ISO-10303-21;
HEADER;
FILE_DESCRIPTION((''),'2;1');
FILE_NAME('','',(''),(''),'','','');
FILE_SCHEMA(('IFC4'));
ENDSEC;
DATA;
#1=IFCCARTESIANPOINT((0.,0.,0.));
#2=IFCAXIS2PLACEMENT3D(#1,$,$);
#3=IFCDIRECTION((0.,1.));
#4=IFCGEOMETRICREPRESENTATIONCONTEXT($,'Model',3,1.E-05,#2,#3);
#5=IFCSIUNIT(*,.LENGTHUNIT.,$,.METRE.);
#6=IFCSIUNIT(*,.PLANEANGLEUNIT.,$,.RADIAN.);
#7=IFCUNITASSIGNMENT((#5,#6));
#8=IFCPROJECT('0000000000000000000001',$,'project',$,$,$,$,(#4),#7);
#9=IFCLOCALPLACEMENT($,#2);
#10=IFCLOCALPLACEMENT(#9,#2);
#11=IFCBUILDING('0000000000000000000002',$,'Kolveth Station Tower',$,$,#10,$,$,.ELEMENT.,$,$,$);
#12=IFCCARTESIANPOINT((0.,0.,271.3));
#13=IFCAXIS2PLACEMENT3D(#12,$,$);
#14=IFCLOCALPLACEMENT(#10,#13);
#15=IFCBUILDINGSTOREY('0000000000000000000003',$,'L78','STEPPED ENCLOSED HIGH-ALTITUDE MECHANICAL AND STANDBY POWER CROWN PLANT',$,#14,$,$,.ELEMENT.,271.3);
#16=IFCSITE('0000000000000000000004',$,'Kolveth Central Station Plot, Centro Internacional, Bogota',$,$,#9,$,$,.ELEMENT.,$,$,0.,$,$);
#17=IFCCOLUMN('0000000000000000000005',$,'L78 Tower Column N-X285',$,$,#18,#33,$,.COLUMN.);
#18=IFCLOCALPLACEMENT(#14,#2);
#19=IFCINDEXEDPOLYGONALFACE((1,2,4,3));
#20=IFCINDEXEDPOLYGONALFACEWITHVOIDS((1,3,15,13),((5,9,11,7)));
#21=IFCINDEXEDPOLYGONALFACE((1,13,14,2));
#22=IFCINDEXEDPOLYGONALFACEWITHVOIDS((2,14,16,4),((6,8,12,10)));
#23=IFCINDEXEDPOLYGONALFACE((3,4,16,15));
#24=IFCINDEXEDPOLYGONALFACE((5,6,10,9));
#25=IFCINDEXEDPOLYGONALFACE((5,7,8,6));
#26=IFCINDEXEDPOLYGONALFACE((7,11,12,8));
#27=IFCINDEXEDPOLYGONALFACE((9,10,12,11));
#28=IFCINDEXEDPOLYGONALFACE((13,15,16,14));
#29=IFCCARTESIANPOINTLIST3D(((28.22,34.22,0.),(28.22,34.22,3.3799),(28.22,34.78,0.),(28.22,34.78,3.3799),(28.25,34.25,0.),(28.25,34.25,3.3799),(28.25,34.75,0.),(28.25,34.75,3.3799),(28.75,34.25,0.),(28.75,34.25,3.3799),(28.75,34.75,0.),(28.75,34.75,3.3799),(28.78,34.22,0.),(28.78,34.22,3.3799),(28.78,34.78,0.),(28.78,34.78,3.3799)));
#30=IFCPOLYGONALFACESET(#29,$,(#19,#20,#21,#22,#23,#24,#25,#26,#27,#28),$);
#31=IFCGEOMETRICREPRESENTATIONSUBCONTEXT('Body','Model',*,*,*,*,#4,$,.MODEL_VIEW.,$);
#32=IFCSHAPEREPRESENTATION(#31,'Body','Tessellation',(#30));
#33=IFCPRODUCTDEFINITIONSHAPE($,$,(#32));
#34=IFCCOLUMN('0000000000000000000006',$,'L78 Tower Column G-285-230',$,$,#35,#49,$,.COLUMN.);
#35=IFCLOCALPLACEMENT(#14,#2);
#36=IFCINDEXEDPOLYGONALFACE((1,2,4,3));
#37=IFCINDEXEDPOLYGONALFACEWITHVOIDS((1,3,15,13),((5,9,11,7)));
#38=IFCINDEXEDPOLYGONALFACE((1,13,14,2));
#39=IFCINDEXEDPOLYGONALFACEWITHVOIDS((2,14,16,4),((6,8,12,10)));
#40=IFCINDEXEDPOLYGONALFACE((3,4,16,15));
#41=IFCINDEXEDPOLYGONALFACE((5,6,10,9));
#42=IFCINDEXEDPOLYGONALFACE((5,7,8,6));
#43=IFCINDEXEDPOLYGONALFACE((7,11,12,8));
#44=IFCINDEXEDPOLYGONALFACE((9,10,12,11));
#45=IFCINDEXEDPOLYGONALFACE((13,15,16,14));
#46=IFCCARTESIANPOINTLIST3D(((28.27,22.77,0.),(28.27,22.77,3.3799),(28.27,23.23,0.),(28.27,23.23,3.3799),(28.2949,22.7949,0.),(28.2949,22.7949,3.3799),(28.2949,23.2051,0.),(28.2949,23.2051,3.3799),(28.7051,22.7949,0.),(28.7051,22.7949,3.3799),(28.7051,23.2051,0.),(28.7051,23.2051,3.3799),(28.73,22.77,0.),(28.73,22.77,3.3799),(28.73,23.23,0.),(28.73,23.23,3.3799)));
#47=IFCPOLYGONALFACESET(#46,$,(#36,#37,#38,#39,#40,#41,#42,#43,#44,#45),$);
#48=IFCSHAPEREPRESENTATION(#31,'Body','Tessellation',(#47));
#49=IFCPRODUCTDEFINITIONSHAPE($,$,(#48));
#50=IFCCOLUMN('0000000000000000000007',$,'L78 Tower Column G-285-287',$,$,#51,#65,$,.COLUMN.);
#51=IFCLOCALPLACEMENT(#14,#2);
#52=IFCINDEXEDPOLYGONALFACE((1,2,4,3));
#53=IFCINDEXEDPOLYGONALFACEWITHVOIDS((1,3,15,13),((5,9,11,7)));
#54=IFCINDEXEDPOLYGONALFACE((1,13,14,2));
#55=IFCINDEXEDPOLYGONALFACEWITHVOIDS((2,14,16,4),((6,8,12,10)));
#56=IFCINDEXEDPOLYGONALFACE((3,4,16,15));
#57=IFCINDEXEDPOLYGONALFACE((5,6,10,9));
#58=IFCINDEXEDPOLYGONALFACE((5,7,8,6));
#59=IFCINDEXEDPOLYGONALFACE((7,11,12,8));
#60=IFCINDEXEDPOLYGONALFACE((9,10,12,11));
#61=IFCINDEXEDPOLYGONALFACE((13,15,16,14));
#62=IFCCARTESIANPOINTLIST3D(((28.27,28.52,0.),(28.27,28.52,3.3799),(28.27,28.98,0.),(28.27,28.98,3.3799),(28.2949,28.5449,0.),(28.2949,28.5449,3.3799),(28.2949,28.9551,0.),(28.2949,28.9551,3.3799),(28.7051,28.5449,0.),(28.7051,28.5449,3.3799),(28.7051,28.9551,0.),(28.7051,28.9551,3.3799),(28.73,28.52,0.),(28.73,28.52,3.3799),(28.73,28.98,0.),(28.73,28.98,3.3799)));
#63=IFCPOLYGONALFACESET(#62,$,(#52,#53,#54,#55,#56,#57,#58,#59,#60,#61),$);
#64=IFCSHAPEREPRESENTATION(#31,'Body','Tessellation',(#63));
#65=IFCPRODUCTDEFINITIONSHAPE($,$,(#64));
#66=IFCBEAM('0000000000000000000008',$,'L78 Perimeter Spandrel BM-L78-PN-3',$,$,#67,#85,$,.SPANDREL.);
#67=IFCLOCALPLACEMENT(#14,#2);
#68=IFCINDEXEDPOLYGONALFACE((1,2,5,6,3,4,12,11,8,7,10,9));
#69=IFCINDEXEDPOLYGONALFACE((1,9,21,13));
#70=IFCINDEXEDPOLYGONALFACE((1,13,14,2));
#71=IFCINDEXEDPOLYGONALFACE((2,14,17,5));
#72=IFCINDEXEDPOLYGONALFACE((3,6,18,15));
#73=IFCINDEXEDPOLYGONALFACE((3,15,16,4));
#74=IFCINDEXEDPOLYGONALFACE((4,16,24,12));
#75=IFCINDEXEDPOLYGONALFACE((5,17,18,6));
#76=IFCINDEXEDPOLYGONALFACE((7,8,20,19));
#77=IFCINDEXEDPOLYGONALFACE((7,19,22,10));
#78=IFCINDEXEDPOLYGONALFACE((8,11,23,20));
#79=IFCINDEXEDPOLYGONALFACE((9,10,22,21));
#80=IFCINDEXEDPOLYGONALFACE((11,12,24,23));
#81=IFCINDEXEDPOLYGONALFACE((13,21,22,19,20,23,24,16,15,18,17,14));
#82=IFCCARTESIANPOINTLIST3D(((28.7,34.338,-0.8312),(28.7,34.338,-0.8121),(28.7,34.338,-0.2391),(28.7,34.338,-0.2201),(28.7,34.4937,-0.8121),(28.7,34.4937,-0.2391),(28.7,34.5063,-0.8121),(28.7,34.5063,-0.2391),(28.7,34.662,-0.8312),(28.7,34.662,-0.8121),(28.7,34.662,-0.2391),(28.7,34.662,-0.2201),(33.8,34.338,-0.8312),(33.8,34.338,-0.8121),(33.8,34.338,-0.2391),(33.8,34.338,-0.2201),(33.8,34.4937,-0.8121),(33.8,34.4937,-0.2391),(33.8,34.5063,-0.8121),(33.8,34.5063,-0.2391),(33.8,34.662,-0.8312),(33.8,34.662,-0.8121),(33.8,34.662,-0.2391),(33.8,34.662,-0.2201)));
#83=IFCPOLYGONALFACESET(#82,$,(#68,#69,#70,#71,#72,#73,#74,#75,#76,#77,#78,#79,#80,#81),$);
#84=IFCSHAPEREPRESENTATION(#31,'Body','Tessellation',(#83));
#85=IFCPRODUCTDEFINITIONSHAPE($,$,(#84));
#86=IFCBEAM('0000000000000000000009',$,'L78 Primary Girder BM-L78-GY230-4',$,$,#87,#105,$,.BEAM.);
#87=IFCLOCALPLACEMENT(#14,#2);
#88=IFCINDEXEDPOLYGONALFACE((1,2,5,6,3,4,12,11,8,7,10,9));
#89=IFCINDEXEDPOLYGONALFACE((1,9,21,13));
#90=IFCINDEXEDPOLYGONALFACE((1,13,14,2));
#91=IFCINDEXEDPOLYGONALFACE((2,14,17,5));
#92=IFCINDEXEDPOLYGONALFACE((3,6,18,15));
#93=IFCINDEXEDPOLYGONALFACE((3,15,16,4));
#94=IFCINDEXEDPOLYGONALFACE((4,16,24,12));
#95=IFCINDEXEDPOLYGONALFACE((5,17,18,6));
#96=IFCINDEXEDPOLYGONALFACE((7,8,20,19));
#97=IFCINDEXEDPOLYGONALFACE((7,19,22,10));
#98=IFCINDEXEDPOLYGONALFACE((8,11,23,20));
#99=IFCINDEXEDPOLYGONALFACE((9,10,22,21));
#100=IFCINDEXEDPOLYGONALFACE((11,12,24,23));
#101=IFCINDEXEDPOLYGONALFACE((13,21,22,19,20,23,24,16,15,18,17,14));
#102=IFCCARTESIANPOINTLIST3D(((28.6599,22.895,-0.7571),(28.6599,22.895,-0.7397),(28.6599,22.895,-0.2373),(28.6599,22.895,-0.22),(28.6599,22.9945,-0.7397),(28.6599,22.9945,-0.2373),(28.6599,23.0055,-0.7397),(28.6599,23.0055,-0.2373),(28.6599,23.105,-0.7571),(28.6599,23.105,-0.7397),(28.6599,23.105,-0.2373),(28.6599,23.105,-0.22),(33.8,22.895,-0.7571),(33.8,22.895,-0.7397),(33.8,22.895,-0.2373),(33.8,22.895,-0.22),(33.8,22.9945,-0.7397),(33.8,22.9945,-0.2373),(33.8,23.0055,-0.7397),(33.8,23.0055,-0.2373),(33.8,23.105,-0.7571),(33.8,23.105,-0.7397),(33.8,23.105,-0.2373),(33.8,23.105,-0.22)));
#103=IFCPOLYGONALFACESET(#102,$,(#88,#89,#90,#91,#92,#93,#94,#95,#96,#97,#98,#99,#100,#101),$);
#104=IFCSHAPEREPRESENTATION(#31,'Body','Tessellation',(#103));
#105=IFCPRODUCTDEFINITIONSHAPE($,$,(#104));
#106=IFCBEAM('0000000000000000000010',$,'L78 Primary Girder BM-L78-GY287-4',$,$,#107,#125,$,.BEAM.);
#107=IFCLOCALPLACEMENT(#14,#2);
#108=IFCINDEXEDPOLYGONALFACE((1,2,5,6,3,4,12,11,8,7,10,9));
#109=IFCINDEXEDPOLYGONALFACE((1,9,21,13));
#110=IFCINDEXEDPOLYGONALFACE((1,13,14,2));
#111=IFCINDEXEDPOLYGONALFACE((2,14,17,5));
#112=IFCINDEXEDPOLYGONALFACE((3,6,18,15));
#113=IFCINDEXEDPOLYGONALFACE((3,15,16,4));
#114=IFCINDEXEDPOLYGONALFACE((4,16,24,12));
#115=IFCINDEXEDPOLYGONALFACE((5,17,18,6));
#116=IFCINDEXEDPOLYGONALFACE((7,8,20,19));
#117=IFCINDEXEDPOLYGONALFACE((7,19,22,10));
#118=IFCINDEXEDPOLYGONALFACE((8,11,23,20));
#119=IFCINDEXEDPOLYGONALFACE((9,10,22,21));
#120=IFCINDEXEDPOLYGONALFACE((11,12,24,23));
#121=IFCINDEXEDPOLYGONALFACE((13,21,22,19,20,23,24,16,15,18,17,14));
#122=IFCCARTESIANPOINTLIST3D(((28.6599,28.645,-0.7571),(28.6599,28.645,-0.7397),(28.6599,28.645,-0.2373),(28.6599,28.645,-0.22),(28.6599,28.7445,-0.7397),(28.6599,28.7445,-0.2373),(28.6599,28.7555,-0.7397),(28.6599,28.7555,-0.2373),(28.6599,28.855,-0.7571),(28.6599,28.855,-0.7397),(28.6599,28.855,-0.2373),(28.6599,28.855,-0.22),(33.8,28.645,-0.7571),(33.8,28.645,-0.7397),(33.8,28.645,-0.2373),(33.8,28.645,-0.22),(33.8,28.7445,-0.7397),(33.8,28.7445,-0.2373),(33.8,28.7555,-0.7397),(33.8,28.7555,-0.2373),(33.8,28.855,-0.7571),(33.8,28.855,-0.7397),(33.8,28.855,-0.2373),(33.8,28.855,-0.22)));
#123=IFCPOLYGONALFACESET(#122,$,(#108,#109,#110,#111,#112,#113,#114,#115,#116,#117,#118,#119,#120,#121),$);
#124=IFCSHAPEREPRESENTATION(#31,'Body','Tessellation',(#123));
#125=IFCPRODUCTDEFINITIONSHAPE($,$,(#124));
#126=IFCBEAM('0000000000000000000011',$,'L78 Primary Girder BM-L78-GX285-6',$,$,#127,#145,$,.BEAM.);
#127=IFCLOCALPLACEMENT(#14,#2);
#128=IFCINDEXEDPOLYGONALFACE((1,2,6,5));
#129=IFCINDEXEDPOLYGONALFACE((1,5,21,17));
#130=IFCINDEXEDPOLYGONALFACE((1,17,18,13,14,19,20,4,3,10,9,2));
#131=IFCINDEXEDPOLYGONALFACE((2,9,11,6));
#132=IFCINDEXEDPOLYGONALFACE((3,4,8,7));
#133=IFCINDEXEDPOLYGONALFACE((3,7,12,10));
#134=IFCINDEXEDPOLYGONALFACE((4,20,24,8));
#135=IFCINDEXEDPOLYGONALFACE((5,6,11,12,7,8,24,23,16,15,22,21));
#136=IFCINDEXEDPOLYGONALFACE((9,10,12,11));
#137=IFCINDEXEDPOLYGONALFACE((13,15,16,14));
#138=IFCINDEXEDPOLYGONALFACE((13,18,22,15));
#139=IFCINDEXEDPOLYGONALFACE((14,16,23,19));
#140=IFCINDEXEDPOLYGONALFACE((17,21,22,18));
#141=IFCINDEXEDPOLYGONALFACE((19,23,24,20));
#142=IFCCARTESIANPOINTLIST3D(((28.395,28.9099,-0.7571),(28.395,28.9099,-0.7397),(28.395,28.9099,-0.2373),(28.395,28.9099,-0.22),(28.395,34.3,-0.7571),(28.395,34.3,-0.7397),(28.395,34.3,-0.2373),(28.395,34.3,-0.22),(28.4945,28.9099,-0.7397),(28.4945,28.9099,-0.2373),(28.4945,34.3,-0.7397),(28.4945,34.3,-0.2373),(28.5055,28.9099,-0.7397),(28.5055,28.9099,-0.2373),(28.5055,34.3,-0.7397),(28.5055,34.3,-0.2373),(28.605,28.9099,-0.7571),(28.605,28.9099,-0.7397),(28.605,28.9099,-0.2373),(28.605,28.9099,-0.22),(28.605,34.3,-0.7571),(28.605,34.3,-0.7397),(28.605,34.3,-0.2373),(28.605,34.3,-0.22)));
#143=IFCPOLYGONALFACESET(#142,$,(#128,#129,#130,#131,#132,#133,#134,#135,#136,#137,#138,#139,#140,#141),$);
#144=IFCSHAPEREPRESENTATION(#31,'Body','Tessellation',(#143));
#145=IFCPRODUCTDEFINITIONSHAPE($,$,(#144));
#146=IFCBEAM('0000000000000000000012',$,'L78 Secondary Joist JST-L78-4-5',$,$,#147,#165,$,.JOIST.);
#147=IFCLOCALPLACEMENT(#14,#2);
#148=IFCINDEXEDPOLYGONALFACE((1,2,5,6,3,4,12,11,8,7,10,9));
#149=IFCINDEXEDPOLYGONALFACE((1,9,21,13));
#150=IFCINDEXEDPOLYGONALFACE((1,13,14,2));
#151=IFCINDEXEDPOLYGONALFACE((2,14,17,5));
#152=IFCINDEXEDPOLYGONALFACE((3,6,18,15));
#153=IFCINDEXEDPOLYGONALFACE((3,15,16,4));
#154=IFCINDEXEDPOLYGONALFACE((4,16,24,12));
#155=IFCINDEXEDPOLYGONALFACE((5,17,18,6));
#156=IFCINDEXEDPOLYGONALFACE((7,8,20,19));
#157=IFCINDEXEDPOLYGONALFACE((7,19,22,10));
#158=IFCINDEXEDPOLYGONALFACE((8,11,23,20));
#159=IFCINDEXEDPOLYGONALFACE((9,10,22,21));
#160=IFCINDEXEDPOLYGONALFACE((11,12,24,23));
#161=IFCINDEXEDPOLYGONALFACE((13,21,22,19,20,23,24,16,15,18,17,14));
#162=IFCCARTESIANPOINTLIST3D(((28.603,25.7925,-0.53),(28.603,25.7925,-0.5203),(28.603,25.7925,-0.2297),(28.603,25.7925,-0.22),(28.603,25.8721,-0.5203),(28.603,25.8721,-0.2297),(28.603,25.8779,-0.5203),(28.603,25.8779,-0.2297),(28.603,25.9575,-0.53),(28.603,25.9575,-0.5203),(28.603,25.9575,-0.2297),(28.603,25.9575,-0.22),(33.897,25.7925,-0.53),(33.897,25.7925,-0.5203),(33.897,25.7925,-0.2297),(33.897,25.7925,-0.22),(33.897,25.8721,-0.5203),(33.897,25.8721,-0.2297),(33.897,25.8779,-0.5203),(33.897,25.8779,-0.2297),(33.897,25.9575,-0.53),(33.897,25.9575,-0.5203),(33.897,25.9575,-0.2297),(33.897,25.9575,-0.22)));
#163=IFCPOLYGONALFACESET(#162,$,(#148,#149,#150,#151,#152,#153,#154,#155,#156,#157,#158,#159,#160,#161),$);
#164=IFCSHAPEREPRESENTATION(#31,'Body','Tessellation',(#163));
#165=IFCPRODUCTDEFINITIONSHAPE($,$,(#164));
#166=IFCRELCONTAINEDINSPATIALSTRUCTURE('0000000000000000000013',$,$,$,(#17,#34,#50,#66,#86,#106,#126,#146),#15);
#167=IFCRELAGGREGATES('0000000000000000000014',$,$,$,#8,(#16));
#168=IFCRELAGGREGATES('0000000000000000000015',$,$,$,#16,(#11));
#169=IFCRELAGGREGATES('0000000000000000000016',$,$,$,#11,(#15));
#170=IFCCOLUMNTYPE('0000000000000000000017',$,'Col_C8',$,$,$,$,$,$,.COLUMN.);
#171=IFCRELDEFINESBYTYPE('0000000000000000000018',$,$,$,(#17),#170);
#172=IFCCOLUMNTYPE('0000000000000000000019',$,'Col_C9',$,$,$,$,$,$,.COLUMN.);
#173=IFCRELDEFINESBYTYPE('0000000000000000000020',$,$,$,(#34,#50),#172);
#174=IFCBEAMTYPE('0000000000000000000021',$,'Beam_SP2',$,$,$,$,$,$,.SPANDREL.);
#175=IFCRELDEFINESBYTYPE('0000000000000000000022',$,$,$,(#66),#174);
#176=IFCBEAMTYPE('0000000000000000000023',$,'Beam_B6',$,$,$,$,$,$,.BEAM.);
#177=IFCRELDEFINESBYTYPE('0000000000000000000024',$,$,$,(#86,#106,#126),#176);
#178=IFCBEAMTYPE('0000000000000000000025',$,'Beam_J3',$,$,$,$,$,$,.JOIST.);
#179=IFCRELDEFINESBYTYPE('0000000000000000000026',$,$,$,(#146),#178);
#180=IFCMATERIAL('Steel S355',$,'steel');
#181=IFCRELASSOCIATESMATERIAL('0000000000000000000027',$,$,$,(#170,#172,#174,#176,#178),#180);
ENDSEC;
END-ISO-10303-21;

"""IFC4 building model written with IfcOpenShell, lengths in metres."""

from ifc_helpers import new_model, si_unit, direction, frame, origin, origin_2d, place, context, subcontext, project, spatial, hollow_rectangle, i_section, extrude, source, transform, mapped, material, material_profile, profile_set, type_object, element, save


model = new_model("IFC4")

# Units and contexts
model_context = context("Model", 3, precision=1e-05, world=origin(), true_north=direction((0.0, 1.0)))
body_context = subcontext(model_context, "Body", "Model", "MODEL_VIEW")
ifc_project = project(units=[si_unit("LENGTHUNIT", "METRE"), si_unit("PLANEANGLEUNIT", "RADIAN")], contexts=[model_context])

# Site, building, storey
site_placement = place(None, origin())
site = spatial("IfcSite", under=ifc_project, at=site_placement, Name="Kolveth Central Station Plot, Centro Internacional, Bogota", CompositionType="ELEMENT", RefElevation=0.0)
building_placement = place(site_placement, origin())
building = spatial("IfcBuilding", under=site, at=building_placement, Name="Kolveth Station Tower", CompositionType="ELEMENT")
storey_placement = place(building_placement, frame((0.0, 0.0, 271.3)))
storey = spatial("IfcBuildingStorey", under=building, at=storey_placement, Name="L78", Description="STEPPED ENCLOSED HIGH-ALTITUDE MECHANICAL AND STANDBY POWER CROWN PLANT", CompositionType="ELEMENT", Elevation=271.3)

# Columns
ifc_material_1 = material(Name="Steel S355", Category="steel")
ifc_material_profile_1 = material_profile(ifc_material_1, hollow_rectangle(XDim=0.5601, YDim=0.5601, WallThickness=0.03, at=origin_2d()), Name="BOX560x560x30")
ifc_profile_set_1 = profile_set([ifc_material_profile_1], Name="Steel S355")
column_type_1 = type_object("IfcColumnType", Name="Col_C8", PredefinedType="COLUMN", material=ifc_profile_set_1)
shared_shape_1 = source(origin(), body_context, "Body", "SweptSolid", [
    extrude(hollow_rectangle(XDim=0.5601, YDim=0.5601, WallThickness=0.03, at=origin_2d()), origin(), (0.0, 0.0, 1.0), 3.3799),
])
column_placement = place(storey_placement, frame((28.5, 34.5, 0.0), z_axis=(0.0, 0.0, 1.0), x_axis=(1.0, 0.0, 0.0)))
element("IfcColumn", 1, at=column_placement, inside=storey, type_object=column_type_1, Name="L78 Tower Column N-X285", PredefinedType="COLUMN", context=body_context, shape_type="MappedRepresentation", body=[
    mapped(shared_shape_1, transform((0.0, 0.0, 0.0), x_axis=(1.0, 0.0, 0.0), y_axis=(0.0, 1.0, 0.0), z_axis=(0.0, 0.0, 1.0), scale=1.0)),
])
ifc_material_profile_2 = material_profile(ifc_material_1, hollow_rectangle(XDim=0.46, YDim=0.46, WallThickness=0.0249, at=origin_2d()), Name="BOX460x460x25")
ifc_profile_set_2 = profile_set([ifc_material_profile_2], Name="Steel S355")
column_type_2 = type_object("IfcColumnType", Name="Col_C9", PredefinedType="COLUMN", material=ifc_profile_set_2)
shared_shape_2 = source(origin(), body_context, "Body", "SweptSolid", [
    extrude(hollow_rectangle(XDim=0.46, YDim=0.46, WallThickness=0.0249, at=origin_2d()), origin(), (0.0, 0.0, 1.0), 3.3799),
])
for number, where, z_axis, x_axis, name in (
    (2, (28.5, 23.0, 0.0), (0.0, 0.0, 1.0), (1.0, 0.0, 0.0), "L78 Tower Column G-285-230"),
    (3, (28.5, 28.75, 0.0), (0.0, 0.0, 1.0), (1.0, 0.0, 0.0), "L78 Tower Column G-285-287"),
):
    element("IfcColumn", number, at=place(storey_placement, frame(where, z_axis=z_axis, x_axis=x_axis)), inside=storey, type_object=column_type_2, Name=name, PredefinedType="COLUMN", context=body_context, shape_type="MappedRepresentation", body=[
        mapped(shared_shape_2, transform((0.0, 0.0, 0.0), x_axis=(1.0, 0.0, 0.0), y_axis=(0.0, 1.0, 0.0), z_axis=(0.0, 0.0, 1.0), scale=1.0)),
    ])

# Beams
ifc_material_profile_3 = material_profile(ifc_material_1, i_section(OverallWidth=0.324, OverallDepth=0.6111, WebThickness=0.0127, FlangeThickness=0.019, at=origin_2d()), Name="W610x155")
ifc_profile_set_3 = profile_set([ifc_material_profile_3], Name="Steel S355")
beam_type_1 = type_object("IfcBeamType", Name="Beam_SP2", PredefinedType="SPANDREL", material=ifc_profile_set_3)
shared_shape_3 = source(origin(), body_context, "Body", "SweptSolid", [
    extrude(i_section(OverallWidth=0.324, OverallDepth=0.6111, WebThickness=0.0127, FlangeThickness=0.019, at=origin_2d()), origin(), (0.0, 0.0, 1.0), 5.1001),
])
beam_1_placement = place(storey_placement, frame((28.7, 34.5, -0.5256), z_axis=(1.0, 0.0, 0.0), x_axis=(0.0, 1.0, 0.0)))
element("IfcBeam", 4, at=beam_1_placement, inside=storey, type_object=beam_type_1, Name="L78 Perimeter Spandrel BM-L78-PN-3", PredefinedType="SPANDREL", context=body_context, shape_type="MappedRepresentation", body=[
    mapped(shared_shape_3, transform((0.0, 0.0, 0.0), x_axis=(1.0, 0.0, 0.0), y_axis=(0.0, 1.0, 0.0), z_axis=(0.0, 0.0, 1.0), scale=1.0)),
])
ifc_material_profile_4 = material_profile(ifc_material_1, i_section(OverallWidth=0.21, OverallDepth=0.5371, WebThickness=0.011, FlangeThickness=0.0173, at=origin_2d()), Name="W530x101")
ifc_profile_set_4 = profile_set([ifc_material_profile_4], Name="Steel S355")
beam_type_2 = type_object("IfcBeamType", Name="Beam_B6", PredefinedType="BEAM", material=ifc_profile_set_4)
shared_shape_4 = source(origin(), body_context, "Body", "SweptSolid", [
    extrude(i_section(OverallWidth=0.21, OverallDepth=0.5371, WebThickness=0.011, FlangeThickness=0.0173, at=origin_2d()), origin(), (0.0, 0.0, 1.0), 5.1401),
])
for number, where, z_axis, x_axis, name in (
    (5, (28.6599, 23.0, -0.4885), (1.0, 0.0, 0.0), (0.0, 1.0, 0.0), "L78 Primary Girder BM-L78-GY230-4"),
    (6, (28.6599, 28.75, -0.4885), (1.0, 0.0, 0.0), (0.0, 1.0, 0.0), "L78 Primary Girder BM-L78-GY287-4"),
):
    element("IfcBeam", number, at=place(storey_placement, frame(where, z_axis=z_axis, x_axis=x_axis)), inside=storey, type_object=beam_type_2, Name=name, PredefinedType="BEAM", context=body_context, shape_type="MappedRepresentation", body=[
        mapped(shared_shape_4, transform((0.0, 0.0, 0.0), x_axis=(1.0, 0.0, 0.0), y_axis=(0.0, 1.0, 0.0), z_axis=(0.0, 0.0, 1.0), scale=1.0)),
    ])
shared_shape_5 = source(origin(), body_context, "Body", "SweptSolid", [
    extrude(i_section(OverallWidth=0.21, OverallDepth=0.5371, WebThickness=0.011, FlangeThickness=0.0173, at=origin_2d()), origin(), (0.0, 0.0, 1.0), 5.3901),
])
beam_2_placement = place(storey_placement, frame((28.5, 28.9099, -0.4885), z_axis=(0.0, 1.0, 0.0), x_axis=(-1.0, 0.0, 0.0)))
element("IfcBeam", 7, at=beam_2_placement, inside=storey, type_object=beam_type_2, Name="L78 Primary Girder BM-L78-GX285-6", PredefinedType="BEAM", context=body_context, shape_type="MappedRepresentation", body=[
    mapped(shared_shape_5, transform((0.0, 0.0, 0.0), x_axis=(1.0, 0.0, 0.0), y_axis=(0.0, 1.0, 0.0), z_axis=(0.0, 0.0, 1.0), scale=1.0)),
])
ifc_material_profile_5 = material_profile(ifc_material_1, i_section(OverallWidth=0.165, OverallDepth=0.3101, WebThickness=0.0059, FlangeThickness=0.0098, at=origin_2d()), Name="W310x39")
ifc_profile_set_5 = profile_set([ifc_material_profile_5], Name="Steel S355")
beam_type_3 = type_object("IfcBeamType", Name="Beam_J3", PredefinedType="JOIST", material=ifc_profile_set_5)
shared_shape_6 = source(origin(), body_context, "Body", "SweptSolid", [
    extrude(i_section(OverallWidth=0.165, OverallDepth=0.3101, WebThickness=0.0059, FlangeThickness=0.0098, at=origin_2d()), origin(), (0.0, 0.0, 1.0), 5.2939),
])
for number, where, z_axis, x_axis, name in (
    (8, (28.603, 25.875, -0.375), (1.0, 0.0, 0.0), (0.0, 1.0, 0.0), "L78 Secondary Joist JST-L78-4-5"),
):
    element("IfcBeam", number, at=place(storey_placement, frame(where, z_axis=z_axis, x_axis=x_axis)), inside=storey, type_object=beam_type_3, Name=name, PredefinedType="JOIST", context=body_context, shape_type="MappedRepresentation", body=[
        mapped(shared_shape_6, transform((0.0, 0.0, 0.0), x_axis=(1.0, 0.0, 0.0), y_axis=(0.0, 1.0, 0.0), z_axis=(0.0, 0.0, 1.0), scale=1.0)),
    ])

save(model, "model.ifc")
